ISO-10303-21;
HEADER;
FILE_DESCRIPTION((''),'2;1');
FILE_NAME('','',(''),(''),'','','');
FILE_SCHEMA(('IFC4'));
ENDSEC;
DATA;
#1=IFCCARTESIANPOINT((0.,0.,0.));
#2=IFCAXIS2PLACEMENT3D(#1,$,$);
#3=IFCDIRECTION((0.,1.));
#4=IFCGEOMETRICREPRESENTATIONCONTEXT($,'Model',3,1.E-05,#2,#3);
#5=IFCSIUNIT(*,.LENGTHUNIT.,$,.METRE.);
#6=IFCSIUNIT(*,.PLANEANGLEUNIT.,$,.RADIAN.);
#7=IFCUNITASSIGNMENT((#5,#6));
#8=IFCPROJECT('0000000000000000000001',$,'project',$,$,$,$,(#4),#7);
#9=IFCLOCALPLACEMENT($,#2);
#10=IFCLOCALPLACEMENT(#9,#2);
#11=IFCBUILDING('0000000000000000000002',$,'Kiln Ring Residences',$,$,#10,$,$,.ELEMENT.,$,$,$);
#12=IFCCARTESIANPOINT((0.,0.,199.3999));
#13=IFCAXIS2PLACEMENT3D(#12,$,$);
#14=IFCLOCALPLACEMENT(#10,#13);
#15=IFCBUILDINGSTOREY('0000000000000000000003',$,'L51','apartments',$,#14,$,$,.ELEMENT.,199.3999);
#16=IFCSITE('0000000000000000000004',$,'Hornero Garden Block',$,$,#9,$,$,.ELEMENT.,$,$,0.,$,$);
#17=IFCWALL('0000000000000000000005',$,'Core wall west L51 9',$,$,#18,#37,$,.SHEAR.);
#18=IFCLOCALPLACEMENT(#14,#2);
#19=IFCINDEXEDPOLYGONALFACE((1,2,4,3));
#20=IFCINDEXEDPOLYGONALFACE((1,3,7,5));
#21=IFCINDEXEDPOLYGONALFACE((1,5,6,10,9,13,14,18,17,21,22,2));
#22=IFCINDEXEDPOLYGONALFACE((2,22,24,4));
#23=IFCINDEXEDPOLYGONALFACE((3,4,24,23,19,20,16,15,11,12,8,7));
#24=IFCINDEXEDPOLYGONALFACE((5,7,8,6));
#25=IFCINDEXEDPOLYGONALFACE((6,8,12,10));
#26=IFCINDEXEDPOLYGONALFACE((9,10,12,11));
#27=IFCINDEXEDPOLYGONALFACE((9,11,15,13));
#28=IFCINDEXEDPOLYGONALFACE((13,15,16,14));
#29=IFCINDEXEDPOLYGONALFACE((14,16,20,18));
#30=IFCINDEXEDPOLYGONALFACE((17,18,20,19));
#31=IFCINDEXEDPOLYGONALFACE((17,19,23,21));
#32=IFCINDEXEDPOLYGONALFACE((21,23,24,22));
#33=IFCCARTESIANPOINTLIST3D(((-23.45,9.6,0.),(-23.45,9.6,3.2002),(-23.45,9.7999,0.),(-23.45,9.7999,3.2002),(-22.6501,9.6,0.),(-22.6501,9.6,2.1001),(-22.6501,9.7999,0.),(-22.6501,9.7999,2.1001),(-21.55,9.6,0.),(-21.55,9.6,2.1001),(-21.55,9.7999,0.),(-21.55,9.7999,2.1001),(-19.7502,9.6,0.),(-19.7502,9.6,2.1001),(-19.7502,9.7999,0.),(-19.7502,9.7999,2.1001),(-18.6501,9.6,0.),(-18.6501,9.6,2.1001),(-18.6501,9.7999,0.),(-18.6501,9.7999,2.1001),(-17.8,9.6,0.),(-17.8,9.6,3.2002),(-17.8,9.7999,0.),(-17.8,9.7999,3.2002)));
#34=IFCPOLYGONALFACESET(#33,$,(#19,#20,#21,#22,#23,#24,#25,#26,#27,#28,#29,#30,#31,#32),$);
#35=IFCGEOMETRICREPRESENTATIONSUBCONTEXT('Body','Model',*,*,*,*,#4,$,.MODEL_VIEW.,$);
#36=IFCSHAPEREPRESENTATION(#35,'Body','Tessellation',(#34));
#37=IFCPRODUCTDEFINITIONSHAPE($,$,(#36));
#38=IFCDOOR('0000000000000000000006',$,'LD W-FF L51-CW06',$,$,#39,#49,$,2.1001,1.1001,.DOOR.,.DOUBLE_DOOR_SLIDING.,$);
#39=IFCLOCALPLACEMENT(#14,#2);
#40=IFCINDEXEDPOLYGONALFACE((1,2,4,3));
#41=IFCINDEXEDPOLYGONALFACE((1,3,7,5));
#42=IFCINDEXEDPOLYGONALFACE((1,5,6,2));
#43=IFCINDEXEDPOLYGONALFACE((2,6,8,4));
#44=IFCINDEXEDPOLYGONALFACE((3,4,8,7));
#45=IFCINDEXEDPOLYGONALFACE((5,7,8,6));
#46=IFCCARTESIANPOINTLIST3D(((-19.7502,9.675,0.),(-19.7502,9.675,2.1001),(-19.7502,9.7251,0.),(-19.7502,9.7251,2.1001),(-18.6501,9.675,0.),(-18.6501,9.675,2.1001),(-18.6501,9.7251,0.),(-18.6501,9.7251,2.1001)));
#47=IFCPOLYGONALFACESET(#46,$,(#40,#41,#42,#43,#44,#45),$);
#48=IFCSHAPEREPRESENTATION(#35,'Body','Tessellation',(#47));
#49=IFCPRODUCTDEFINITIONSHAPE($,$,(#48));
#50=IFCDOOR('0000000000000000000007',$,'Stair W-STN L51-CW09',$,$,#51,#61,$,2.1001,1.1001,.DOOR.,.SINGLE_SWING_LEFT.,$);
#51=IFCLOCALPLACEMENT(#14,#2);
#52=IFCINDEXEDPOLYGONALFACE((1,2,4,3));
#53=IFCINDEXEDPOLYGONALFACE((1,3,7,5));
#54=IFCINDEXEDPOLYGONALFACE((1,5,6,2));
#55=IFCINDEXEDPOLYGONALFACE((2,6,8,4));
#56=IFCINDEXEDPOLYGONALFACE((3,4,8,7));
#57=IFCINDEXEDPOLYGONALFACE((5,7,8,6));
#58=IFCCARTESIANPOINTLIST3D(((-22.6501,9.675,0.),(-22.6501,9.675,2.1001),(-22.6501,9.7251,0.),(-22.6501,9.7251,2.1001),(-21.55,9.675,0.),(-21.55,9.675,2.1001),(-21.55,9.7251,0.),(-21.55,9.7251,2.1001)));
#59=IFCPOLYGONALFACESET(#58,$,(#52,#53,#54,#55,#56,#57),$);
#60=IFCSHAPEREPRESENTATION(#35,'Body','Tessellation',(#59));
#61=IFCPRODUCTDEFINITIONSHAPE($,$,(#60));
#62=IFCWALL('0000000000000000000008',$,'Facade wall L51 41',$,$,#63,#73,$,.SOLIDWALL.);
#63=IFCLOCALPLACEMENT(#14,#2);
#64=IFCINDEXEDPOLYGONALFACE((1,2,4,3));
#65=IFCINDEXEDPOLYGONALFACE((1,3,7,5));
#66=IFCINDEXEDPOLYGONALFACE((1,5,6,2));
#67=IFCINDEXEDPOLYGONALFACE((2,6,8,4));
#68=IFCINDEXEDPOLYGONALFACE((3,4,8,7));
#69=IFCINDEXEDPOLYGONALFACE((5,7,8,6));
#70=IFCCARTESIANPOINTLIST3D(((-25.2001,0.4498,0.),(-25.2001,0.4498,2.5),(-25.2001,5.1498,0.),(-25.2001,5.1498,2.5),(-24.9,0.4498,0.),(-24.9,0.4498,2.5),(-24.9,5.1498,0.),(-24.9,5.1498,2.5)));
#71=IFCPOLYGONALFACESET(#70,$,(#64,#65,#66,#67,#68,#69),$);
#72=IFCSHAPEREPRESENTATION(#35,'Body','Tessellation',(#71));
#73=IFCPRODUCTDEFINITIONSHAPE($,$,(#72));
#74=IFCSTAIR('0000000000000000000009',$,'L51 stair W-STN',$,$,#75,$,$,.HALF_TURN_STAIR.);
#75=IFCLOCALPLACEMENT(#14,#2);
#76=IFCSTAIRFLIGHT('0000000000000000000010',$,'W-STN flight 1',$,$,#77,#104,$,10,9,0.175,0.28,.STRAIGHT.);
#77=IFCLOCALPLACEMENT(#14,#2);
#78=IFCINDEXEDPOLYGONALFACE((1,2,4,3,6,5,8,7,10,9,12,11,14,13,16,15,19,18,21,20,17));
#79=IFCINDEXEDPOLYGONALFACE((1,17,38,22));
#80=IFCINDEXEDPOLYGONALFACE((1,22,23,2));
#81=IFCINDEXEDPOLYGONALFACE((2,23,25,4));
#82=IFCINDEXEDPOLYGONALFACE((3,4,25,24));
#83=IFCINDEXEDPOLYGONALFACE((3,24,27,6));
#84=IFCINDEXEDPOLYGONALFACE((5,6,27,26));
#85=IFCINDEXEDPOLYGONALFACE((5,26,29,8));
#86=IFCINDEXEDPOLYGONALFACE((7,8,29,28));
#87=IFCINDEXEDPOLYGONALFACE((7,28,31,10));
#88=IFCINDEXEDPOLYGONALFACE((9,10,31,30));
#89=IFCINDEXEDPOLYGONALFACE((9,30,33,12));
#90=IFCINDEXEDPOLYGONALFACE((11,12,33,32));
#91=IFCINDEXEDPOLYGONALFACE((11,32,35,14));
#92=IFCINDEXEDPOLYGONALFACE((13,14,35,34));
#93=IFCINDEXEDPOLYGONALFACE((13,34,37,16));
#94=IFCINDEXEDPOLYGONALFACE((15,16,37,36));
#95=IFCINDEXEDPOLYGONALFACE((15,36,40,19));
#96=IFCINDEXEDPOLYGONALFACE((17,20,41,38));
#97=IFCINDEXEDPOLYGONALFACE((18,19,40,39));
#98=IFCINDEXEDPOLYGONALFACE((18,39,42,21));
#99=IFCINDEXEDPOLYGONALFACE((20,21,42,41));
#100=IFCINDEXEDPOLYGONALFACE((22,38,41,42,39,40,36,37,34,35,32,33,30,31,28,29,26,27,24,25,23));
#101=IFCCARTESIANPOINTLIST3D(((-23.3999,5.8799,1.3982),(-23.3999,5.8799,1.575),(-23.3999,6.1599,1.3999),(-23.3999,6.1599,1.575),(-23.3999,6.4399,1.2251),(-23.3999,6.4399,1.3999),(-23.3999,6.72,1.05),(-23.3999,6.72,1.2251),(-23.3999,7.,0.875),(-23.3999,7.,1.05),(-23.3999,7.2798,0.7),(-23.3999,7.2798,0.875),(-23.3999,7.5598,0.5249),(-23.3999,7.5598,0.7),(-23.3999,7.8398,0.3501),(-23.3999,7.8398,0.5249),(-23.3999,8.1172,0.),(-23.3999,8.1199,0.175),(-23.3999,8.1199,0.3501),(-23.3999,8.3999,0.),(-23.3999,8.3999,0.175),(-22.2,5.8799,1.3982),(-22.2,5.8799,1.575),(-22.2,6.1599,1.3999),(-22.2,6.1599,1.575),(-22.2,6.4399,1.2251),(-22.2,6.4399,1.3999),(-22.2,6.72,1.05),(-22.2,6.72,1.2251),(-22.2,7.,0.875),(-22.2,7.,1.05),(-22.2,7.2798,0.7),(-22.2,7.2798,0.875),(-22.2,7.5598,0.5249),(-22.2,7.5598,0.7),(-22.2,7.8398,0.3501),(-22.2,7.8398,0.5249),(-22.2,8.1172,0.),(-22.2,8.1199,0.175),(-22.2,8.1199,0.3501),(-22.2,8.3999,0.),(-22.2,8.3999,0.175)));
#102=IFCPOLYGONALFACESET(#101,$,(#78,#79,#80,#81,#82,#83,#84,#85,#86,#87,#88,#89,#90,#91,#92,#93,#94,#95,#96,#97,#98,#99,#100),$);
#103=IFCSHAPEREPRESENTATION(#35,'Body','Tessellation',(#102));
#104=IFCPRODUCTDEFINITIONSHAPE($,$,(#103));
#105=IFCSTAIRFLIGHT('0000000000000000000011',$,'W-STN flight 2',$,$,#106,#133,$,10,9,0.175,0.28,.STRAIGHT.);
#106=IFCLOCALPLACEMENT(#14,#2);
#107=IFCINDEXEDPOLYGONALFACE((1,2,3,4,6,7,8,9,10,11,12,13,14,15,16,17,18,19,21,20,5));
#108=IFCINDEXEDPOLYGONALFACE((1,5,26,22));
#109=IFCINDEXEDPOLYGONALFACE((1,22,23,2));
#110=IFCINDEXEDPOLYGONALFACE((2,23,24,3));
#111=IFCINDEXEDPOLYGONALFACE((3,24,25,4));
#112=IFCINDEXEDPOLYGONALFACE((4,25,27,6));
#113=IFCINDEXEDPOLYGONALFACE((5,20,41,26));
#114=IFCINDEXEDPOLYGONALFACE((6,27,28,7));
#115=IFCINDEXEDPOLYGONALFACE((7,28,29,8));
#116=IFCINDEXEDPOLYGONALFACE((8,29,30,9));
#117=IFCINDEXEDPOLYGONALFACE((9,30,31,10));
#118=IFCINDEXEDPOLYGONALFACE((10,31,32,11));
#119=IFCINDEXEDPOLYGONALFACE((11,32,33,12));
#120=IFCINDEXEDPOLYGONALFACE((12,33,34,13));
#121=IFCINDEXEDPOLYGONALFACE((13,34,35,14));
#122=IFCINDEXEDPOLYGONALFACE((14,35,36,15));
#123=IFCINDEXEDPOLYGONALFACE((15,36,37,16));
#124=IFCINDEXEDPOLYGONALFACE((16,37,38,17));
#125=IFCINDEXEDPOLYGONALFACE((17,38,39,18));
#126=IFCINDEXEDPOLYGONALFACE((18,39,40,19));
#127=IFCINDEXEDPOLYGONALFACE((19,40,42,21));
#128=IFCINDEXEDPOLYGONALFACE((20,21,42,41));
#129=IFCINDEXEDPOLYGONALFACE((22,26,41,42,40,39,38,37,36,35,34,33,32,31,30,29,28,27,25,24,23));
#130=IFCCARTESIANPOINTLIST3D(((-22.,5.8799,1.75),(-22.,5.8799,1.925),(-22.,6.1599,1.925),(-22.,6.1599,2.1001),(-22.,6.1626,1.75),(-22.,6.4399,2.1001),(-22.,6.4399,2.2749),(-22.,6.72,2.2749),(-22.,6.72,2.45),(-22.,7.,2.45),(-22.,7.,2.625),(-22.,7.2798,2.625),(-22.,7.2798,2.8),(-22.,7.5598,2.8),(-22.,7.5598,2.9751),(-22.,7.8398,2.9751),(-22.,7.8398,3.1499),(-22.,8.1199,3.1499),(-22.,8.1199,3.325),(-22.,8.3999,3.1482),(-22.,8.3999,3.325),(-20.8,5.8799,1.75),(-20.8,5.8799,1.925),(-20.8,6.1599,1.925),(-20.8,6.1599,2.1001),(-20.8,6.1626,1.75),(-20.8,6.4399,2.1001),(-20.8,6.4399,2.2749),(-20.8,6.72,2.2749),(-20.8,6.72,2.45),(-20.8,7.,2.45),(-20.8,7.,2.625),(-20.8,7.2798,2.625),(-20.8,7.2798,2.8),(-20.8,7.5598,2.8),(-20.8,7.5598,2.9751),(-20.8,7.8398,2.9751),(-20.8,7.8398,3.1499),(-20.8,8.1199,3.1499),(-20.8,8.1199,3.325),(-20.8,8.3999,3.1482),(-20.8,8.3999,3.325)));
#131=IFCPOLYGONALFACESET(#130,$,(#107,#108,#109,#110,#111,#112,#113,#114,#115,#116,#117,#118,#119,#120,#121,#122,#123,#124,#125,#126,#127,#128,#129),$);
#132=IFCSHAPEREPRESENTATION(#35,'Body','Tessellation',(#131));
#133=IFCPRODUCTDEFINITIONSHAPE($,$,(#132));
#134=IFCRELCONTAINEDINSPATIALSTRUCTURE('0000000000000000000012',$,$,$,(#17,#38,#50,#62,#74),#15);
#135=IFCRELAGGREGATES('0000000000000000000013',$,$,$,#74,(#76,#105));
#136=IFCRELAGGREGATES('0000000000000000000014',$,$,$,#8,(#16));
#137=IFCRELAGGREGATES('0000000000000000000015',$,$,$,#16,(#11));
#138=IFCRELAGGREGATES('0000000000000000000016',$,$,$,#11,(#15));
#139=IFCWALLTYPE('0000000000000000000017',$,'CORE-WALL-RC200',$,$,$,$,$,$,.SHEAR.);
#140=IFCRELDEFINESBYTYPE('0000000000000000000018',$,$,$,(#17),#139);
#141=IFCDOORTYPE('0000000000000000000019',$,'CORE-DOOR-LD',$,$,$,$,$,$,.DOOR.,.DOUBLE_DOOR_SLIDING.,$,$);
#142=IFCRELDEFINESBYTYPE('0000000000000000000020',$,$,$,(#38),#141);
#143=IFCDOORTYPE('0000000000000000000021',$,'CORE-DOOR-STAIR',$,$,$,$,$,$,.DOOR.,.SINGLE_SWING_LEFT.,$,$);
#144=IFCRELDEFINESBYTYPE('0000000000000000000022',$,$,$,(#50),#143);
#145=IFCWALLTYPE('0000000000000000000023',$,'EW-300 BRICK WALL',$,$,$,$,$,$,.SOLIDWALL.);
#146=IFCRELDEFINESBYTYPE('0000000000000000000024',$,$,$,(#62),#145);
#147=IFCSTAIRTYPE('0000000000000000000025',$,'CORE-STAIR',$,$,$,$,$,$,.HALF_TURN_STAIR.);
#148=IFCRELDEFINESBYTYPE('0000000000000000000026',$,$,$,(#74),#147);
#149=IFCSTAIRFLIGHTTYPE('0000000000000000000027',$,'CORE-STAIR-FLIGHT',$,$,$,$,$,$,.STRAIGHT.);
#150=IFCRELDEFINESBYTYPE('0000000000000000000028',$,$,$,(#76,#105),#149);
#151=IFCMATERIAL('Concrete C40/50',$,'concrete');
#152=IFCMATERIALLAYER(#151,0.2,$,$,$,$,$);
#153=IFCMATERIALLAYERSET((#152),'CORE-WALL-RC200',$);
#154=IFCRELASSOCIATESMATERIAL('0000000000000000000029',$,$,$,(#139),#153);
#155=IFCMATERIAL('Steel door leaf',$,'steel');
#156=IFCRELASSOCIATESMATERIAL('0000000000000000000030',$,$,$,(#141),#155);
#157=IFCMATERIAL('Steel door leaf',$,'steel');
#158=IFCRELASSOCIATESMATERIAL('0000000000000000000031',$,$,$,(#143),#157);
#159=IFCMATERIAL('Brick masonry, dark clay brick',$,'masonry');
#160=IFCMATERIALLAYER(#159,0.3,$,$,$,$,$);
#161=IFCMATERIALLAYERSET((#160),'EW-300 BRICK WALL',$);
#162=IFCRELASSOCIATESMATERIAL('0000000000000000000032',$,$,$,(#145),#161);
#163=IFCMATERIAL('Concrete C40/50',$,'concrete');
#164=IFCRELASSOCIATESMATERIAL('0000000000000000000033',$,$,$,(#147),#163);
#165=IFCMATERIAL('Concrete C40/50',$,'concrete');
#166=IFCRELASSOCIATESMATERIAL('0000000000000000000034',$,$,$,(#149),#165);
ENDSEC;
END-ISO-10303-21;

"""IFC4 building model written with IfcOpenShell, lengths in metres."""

from ifc_helpers import new_model, si_unit, direction, frame, frame_2d, origin, place, context, subcontext, project, spatial, polyline, rectangle, outline, extrude, material, layer, layer_set, type_object, element, fill, aggregate, save


model = new_model("IFC4")

# Units and contexts
model_context = context("Model", 3, precision=1e-05, world=origin(), true_north=direction((0.0, 1.0)))
body_context = subcontext(model_context, "Body", "Model", "MODEL_VIEW")
ifc_project = project(units=[si_unit("LENGTHUNIT", "METRE"), si_unit("PLANEANGLEUNIT", "RADIAN")], contexts=[model_context])

# Site, building, storey
site_placement = place(None, origin())
site = spatial("IfcSite", under=ifc_project, at=site_placement, Name="Hornero Garden Block", CompositionType="ELEMENT", RefElevation=0.0)
building_placement = place(site_placement, origin())
building = spatial("IfcBuilding", under=site, at=building_placement, Name="Kiln Ring Residences", CompositionType="ELEMENT")
storey_placement = place(building_placement, frame((0.0, 0.0, 199.3999)))
storey = spatial("IfcBuildingStorey", under=building, at=storey_placement, Name="L51", Description="apartments", CompositionType="ELEMENT", Elevation=199.3999)

# Shared definitions
ifc_material_1 = material(Name="Concrete C40/50", Category="concrete")
ifc_layer_1 = layer(ifc_material_1, 0.2)
ifc_layer_set_1 = layer_set([ifc_layer_1], Name="CORE-WALL-RC200")
wall_type_1 = type_object("IfcWallType", Name="CORE-WALL-RC200", PredefinedType="SHEAR", material=ifc_layer_set_1)

# Wall, openings, doors
wall_1_placement = place(storey_placement, frame((-17.8, 9.7, 0.0), z_axis=(0.0, 0.0, 1.0), x_axis=(-1.0, 0.0, 0.0)))
wall_1 = element("IfcWall", 1, at=wall_1_placement, inside=storey, type_object=wall_type_1, Name="Core wall west L51 9", PredefinedType="SHEAR", context=body_context, shape_type="SweptSolid", body=[
    extrude(rectangle(XDim=5.6499, YDim=0.2, at=frame_2d((2.825, 0.0))), origin(), (0.0, 0.0, 1.0), 3.2002),
])
opening_1_placement = place(wall_1_placement, frame((0.8501, 0.0, 0.0)))
opening_1 = element("IfcOpeningElement", 2, at=opening_1_placement, cuts=wall_1, PredefinedType="OPENING", context=body_context, shape_type="SweptSolid", body=[
    extrude(rectangle(XDim=1.1001, YDim=2.1001, at=frame_2d((0.55, 1.05))), frame((0.0, 0.1099, 0.0), z_axis=(0.0, -1.0, 0.0), x_axis=(1.0, 0.0, 0.0)), (0.0, 0.0, 1.0), 0.22),
])
opening_2_placement = place(wall_1_placement, frame((3.75, 0.0, 0.0)))
opening_2 = element("IfcOpeningElement", 3, at=opening_2_placement, cuts=wall_1, PredefinedType="OPENING", context=body_context, shape_type="SweptSolid", body=[
    extrude(rectangle(XDim=1.1001, YDim=2.1001, at=frame_2d((0.55, 1.05))), frame((0.0, 0.1099, 0.0), z_axis=(0.0, -1.0, 0.0), x_axis=(1.0, 0.0, 0.0)), (0.0, 0.0, 1.0), 0.22),
])
ifc_material_2 = material(Name="Steel door leaf", Category="steel")
door_type_1 = type_object("IfcDoorType", Name="CORE-DOOR-LD", OperationType="DOUBLE_DOOR_SLIDING", PredefinedType="DOOR", material=ifc_material_2)
door_1_placement = place(opening_1_placement, origin())
door_1 = element("IfcDoor", 4, at=door_1_placement, inside=storey, type_object=door_type_1, Name="LD W-FF L51-CW06", OperationType="DOUBLE_DOOR_SLIDING", OverallHeight=2.1001, OverallWidth=1.1001, PredefinedType="DOOR", context=body_context, shape_type="SweptSolid", body=[
    extrude(rectangle(XDim=1.1001, YDim=2.1001, at=frame_2d((0.55, 1.05))), frame((0.0, 0.0249, 0.0), z_axis=(0.0, -1.0, 0.0), x_axis=(1.0, 0.0, 0.0)), (0.0, 0.0, 1.0), 0.05),
])
fill(opening_1, door_1)
ifc_material_3 = material(Name="Steel door leaf", Category="steel")
door_type_2 = type_object("IfcDoorType", Name="CORE-DOOR-STAIR", OperationType="SINGLE_SWING_LEFT", PredefinedType="DOOR", material=ifc_material_3)
door_2_placement = place(opening_2_placement, origin())
door_2 = element("IfcDoor", 5, at=door_2_placement, inside=storey, type_object=door_type_2, Name="Stair W-STN L51-CW09", OperationType="SINGLE_SWING_LEFT", OverallHeight=2.1001, OverallWidth=1.1001, PredefinedType="DOOR", context=body_context, shape_type="SweptSolid", body=[
    extrude(rectangle(XDim=1.1001, YDim=2.1001, at=frame_2d((0.55, 1.05))), frame((0.0, 0.0249, 0.0), z_axis=(0.0, -1.0, 0.0), x_axis=(1.0, 0.0, 0.0)), (0.0, 0.0, 1.0), 0.05),
])
fill(opening_2, door_2)

# Wall
ifc_material_4 = material(Name="Brick masonry, dark clay brick", Category="masonry")
ifc_layer_2 = layer(ifc_material_4, 0.3)
ifc_layer_set_2 = layer_set([ifc_layer_2], Name="EW-300 BRICK WALL")
wall_type_2 = type_object("IfcWallType", Name="EW-300 BRICK WALL", PredefinedType="SOLIDWALL", material=ifc_layer_set_2)
wall_2_placement = place(storey_placement, frame((-25.05, 5.1499, 0.0), z_axis=(0.0, 0.0, 1.0), x_axis=(0.0, -1.0, 0.0)))
element("IfcWall", 6, at=wall_2_placement, inside=storey, type_object=wall_type_2, Name="Facade wall L51 41", PredefinedType="SOLIDWALL", context=body_context, shape_type="SweptSolid", body=[
    extrude(rectangle(XDim=4.7, YDim=0.3, at=frame_2d((2.3501, 0.0))), origin(), (0.0, 0.0, 1.0), 2.5),
])

# Stair, stair flights
ifc_material_5 = material(Name="Concrete C40/50", Category="concrete")
stair_type = type_object("IfcStairType", Name="CORE-STAIR", PredefinedType="HALF_TURN_STAIR", material=ifc_material_5)
stair_placement = place(storey_placement, origin())
stair = element("IfcStair", 7, at=stair_placement, inside=storey, type_object=stair_type, Name="L51 stair W-STN", PredefinedType="HALF_TURN_STAIR")
ifc_material_6 = material(Name="Concrete C40/50", Category="concrete")
stair_flight_type = type_object("IfcStairFlightType", Name="CORE-STAIR-FLIGHT", PredefinedType="STRAIGHT", material=ifc_material_6)
stair_flight_1_placement = place(storey_placement, frame((-22.8, 8.3999, 0.0), z_axis=(0.0, 0.0, 1.0), x_axis=(0.0, -1.0, 0.0)))
stair_flight_1 = element("IfcStairFlight", 8, at=stair_flight_1_placement, type_object=stair_flight_type, Name="W-STN flight 1", NumberOfRisers=10, NumberOfTreads=9, PredefinedType="STRAIGHT", RiserHeight=0.175, TreadLength=0.28, context=body_context, shape_type="SweptSolid", body=[
    extrude(outline(polyline([(0.0, 0.0), (0.0, 0.175), (0.28, 0.175), (0.28, 0.3501), (0.5601, 0.3501), (0.5601, 0.5249), (0.8401, 0.5249), (0.8401, 0.7), (1.1201, 0.7), (1.1201, 0.875), (1.3999, 0.875), (1.3999, 1.05), (1.6799, 1.05), (1.6799, 1.2251), (1.96, 1.2251), (1.96, 1.3999), (2.24, 1.3999), (2.24, 1.575), (2.52, 1.575), (2.52, 1.75), (2.52, 1.3982), (0.2827, 0.0), (0.0, 0.0)])), frame((0.0, 0.6001, 0.0), z_axis=(0.0, -1.0, 0.0), x_axis=(1.0, 0.0, 0.0)), (0.0, 0.0, 1.0), 1.2),
])
stair_flight_2_placement = place(storey_placement, frame((-21.3999, 5.8799, 1.75), z_axis=(0.0, 0.0, 1.0), x_axis=(0.0, 1.0, 0.0)))
stair_flight_2 = element("IfcStairFlight", 9, at=stair_flight_2_placement, type_object=stair_flight_type, Name="W-STN flight 2", NumberOfRisers=10, NumberOfTreads=9, PredefinedType="STRAIGHT", RiserHeight=0.175, TreadLength=0.28, context=body_context, shape_type="SweptSolid", body=[
    extrude(outline(polyline([(0.0, 0.0), (0.0, 0.175), (0.28, 0.175), (0.28, 0.3501), (0.5601, 0.3501), (0.5601, 0.5249), (0.8401, 0.5249), (0.8401, 0.7), (1.1201, 0.7), (1.1201, 0.875), (1.3999, 0.875), (1.3999, 1.05), (1.6799, 1.05), (1.6799, 1.2251), (1.96, 1.2251), (1.96, 1.3999), (2.24, 1.3999), (2.24, 1.575), (2.52, 1.575), (2.52, 1.75), (2.52, 1.3982), (0.2827, 0.0), (0.0, 0.0)])), frame((0.0, 0.6001, 0.0), z_axis=(0.0, -1.0, 0.0), x_axis=(1.0, 0.0, 0.0)), (0.0, 0.0, 1.0), 1.2),
])
aggregate(stair, [stair_flight_1, stair_flight_2])

save(model, "model.ifc")
